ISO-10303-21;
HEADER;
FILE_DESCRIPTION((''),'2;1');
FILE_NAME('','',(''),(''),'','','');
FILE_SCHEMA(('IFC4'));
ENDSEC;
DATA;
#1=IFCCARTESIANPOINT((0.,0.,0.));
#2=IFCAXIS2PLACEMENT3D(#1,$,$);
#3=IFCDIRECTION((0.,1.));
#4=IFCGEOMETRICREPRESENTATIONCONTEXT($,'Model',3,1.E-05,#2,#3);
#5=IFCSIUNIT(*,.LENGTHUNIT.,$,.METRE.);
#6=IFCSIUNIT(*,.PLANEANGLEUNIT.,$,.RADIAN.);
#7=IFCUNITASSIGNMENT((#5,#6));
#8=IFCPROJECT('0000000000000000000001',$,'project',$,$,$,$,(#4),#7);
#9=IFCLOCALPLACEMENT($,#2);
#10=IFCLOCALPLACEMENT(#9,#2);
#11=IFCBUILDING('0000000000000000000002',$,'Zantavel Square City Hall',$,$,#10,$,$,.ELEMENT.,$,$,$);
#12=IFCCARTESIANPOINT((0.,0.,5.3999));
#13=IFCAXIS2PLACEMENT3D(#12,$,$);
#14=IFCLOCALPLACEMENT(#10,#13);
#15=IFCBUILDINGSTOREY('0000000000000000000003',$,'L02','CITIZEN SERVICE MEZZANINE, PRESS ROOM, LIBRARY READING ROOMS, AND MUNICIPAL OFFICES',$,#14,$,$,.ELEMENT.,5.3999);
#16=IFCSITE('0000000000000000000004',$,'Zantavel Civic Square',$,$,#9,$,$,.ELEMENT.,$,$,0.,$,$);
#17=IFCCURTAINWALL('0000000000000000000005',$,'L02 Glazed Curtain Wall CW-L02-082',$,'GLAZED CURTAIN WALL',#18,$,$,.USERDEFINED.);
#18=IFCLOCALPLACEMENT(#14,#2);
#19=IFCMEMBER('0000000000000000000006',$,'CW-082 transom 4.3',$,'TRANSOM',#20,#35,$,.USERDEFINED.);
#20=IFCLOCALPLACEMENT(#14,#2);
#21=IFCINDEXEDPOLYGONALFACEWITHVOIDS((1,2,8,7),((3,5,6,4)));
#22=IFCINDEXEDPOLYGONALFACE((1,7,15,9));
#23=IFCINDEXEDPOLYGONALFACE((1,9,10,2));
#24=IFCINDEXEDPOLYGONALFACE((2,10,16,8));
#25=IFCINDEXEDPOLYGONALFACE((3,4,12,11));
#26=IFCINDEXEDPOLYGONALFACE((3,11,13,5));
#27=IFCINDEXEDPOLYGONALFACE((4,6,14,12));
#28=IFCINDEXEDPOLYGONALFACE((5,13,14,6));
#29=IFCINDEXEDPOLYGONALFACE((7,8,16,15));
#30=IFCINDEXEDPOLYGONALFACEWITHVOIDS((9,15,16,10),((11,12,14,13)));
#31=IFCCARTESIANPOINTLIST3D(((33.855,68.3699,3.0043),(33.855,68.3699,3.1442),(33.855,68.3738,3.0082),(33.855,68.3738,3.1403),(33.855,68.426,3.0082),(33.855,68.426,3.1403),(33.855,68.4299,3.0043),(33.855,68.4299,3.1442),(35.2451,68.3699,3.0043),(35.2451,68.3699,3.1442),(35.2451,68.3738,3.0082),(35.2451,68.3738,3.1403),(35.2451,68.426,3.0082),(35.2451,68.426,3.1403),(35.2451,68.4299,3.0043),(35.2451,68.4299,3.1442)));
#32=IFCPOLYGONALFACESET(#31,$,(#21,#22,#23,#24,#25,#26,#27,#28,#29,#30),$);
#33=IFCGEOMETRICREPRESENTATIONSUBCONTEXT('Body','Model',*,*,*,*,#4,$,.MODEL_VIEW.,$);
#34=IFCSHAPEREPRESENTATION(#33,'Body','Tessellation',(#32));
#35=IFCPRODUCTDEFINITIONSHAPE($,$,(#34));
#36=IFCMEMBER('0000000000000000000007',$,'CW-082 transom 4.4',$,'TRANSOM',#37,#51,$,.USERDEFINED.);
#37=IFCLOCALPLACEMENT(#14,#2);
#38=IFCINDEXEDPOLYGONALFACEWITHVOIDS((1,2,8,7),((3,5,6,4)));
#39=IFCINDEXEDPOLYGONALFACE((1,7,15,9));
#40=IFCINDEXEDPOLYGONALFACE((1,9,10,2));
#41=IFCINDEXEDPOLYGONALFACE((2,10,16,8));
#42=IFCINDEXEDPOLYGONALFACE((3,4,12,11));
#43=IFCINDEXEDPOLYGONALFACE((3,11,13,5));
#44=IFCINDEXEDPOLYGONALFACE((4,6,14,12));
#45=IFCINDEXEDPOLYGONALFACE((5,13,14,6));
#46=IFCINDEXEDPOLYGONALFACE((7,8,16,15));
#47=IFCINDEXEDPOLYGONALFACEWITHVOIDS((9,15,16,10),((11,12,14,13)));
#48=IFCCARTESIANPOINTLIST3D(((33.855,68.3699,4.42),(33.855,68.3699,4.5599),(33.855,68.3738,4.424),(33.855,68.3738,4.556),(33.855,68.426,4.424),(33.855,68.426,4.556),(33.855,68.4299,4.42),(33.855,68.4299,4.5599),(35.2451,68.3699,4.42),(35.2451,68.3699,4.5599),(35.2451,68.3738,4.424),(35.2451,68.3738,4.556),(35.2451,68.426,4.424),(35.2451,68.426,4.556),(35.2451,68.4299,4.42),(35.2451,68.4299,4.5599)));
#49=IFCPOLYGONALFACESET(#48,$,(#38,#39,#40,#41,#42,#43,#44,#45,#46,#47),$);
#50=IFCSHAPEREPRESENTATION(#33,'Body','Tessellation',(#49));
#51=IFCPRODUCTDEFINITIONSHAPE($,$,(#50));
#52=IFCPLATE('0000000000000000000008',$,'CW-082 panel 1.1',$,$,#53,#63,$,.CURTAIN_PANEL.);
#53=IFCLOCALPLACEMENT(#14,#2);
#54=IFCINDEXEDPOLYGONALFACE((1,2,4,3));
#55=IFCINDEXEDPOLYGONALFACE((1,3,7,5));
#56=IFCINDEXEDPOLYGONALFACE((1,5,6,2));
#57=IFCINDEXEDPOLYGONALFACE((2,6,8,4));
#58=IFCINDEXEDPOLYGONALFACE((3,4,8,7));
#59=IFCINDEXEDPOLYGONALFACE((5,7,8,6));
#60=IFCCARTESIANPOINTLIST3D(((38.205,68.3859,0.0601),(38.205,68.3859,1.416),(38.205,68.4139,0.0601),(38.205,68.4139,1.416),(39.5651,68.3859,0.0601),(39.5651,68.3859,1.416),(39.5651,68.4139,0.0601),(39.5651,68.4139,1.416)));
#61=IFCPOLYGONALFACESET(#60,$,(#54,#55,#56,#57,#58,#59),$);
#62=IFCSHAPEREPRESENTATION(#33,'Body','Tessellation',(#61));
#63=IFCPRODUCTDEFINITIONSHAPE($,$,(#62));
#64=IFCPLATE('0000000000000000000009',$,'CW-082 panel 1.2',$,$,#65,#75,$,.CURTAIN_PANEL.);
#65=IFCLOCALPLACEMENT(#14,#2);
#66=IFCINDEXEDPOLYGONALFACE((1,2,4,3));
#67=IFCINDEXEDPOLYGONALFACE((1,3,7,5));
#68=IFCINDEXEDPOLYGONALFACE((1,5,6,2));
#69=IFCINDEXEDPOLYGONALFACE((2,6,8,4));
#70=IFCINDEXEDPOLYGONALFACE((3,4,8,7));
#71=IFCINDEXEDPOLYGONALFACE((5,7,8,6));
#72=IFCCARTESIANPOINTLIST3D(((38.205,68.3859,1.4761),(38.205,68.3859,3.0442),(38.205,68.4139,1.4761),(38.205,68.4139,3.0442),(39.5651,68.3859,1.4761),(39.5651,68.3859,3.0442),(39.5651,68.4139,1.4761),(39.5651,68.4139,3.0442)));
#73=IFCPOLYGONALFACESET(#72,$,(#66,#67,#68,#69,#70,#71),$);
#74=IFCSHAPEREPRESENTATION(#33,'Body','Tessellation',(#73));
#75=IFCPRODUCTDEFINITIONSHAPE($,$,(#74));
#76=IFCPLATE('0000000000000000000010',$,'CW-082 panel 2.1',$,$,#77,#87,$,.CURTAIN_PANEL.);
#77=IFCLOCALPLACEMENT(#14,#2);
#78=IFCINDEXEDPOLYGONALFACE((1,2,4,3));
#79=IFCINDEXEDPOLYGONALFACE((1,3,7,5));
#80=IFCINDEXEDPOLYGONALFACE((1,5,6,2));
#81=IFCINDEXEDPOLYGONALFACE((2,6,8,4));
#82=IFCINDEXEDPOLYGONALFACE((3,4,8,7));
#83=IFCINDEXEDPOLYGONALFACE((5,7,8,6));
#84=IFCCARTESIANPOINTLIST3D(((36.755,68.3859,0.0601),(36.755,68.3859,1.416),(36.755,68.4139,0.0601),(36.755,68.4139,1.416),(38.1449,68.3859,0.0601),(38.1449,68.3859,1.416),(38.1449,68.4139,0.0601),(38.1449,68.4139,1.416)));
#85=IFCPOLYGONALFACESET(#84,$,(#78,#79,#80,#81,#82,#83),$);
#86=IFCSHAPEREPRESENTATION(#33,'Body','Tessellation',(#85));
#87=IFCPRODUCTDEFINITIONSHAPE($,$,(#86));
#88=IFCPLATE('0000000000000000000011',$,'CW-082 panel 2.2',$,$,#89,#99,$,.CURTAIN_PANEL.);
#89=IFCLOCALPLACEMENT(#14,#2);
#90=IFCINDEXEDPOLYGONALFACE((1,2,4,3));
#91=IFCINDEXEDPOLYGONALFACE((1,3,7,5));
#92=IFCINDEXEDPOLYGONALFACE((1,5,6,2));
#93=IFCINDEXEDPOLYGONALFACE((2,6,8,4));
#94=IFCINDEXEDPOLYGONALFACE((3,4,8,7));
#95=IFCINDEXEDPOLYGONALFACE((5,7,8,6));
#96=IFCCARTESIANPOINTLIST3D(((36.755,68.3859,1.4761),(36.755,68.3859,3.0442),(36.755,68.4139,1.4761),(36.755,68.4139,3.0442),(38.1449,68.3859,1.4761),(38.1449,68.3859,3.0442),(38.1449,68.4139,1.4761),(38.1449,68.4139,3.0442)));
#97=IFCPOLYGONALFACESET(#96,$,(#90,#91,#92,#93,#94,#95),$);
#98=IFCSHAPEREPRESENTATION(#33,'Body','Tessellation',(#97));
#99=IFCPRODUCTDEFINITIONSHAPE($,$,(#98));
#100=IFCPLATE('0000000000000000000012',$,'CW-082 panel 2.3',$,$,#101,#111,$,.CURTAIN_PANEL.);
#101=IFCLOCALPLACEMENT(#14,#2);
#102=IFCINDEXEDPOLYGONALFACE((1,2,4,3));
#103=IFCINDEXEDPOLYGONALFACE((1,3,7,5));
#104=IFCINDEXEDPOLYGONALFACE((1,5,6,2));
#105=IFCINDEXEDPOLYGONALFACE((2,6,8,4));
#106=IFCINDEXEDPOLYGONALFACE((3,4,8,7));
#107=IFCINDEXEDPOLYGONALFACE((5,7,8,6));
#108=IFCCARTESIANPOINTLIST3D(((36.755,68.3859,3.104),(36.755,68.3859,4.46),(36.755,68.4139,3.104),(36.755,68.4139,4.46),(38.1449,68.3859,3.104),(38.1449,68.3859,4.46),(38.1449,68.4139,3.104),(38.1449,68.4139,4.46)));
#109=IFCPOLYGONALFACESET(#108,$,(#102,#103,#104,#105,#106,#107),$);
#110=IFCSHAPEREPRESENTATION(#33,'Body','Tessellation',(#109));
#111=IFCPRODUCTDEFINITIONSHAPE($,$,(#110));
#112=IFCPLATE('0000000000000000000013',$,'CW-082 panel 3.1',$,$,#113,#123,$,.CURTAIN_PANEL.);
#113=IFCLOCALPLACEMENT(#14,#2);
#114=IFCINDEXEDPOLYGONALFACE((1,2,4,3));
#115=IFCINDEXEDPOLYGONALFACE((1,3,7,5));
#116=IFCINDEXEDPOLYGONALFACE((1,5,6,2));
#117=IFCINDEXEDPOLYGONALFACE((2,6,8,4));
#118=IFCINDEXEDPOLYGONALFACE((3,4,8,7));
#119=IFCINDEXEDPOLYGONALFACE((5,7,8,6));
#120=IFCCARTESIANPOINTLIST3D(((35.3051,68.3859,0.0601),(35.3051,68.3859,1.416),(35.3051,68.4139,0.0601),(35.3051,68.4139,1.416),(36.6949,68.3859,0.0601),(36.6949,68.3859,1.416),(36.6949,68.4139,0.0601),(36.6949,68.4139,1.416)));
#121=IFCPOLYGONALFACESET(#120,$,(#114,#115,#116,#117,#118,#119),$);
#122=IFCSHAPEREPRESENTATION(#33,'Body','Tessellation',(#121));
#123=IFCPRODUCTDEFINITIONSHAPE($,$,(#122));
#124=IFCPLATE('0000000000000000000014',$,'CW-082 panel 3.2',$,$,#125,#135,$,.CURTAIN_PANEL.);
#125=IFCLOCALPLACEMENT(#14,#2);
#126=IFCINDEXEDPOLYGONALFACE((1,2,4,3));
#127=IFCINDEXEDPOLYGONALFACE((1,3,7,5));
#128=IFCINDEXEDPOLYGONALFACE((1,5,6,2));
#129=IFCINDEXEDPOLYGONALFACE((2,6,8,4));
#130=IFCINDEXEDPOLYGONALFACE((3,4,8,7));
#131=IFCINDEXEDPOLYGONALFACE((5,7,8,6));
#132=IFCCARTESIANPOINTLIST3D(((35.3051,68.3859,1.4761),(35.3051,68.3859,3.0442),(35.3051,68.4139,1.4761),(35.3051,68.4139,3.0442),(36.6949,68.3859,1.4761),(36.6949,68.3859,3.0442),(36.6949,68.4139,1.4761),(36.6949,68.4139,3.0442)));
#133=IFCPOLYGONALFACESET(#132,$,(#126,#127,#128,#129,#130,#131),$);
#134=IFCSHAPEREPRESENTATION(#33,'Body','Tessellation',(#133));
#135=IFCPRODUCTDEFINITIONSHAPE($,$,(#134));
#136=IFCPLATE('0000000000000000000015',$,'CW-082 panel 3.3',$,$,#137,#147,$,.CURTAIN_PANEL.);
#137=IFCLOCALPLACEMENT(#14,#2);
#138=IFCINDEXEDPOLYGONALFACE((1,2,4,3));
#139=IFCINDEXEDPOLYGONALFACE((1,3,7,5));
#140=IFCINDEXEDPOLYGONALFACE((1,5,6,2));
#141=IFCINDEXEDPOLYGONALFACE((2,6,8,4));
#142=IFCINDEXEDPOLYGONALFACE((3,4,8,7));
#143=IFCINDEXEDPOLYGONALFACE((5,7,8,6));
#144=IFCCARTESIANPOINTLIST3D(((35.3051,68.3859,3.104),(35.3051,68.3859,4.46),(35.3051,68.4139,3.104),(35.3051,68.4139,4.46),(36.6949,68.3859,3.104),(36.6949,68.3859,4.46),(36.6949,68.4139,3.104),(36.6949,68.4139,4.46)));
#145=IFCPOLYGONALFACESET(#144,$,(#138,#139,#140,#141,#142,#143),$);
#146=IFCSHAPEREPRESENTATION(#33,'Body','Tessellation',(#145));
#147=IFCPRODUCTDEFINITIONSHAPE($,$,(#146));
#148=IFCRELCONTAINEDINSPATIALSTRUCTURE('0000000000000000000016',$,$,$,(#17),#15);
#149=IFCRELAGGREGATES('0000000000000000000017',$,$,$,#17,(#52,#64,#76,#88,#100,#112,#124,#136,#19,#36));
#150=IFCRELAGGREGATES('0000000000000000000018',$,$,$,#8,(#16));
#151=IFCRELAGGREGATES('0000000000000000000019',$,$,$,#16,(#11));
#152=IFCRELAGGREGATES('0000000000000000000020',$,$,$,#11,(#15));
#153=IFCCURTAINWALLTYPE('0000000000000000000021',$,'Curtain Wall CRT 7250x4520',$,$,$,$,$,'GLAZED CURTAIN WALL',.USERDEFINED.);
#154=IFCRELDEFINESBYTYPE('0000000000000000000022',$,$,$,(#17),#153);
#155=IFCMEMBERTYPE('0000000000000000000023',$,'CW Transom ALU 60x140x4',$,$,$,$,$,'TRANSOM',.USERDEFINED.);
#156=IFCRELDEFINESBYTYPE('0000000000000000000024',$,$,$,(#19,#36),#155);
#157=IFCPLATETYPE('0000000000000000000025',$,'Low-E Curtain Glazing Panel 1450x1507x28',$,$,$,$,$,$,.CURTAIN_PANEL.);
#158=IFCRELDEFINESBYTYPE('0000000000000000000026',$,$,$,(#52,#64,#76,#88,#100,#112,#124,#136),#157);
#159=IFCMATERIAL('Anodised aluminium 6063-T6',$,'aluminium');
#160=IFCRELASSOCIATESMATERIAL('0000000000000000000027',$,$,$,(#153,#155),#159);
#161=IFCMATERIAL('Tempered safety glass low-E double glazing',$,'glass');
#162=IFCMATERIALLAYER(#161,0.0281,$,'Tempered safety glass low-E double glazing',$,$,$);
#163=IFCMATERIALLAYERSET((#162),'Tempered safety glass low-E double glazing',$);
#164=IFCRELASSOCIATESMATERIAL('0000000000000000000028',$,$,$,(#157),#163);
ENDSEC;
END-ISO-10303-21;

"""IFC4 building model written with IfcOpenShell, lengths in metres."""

from ifc_helpers import new_model, si_unit, direction, frame, origin, origin_2d, place, context, subcontext, project, spatial, rectangle, hollow_rectangle, extrude, material, layer, layer_set, material_profile, profile_set, type_object, element, aggregate, save


model = new_model("IFC4")

# Units and contexts
model_context = context("Model", 3, precision=1e-05, world=origin(), true_north=direction((0.0, 1.0)))
body_context = subcontext(model_context, "Body", "Model", "MODEL_VIEW")
ifc_project = project(units=[si_unit("LENGTHUNIT", "METRE"), si_unit("PLANEANGLEUNIT", "RADIAN")], contexts=[model_context])

# Site, building, storey
site_placement = place(None, origin())
site = spatial("IfcSite", under=ifc_project, at=site_placement, Name="Zantavel Civic Square", CompositionType="ELEMENT", RefElevation=0.0)
building_placement = place(site_placement, origin())
building = spatial("IfcBuilding", under=site, at=building_placement, Name="Zantavel Square City Hall", CompositionType="ELEMENT")
storey_placement = place(building_placement, frame((0.0, 0.0, 5.3999)))
storey = spatial("IfcBuildingStorey", under=building, at=storey_placement, Name="L02", Description="CITIZEN SERVICE MEZZANINE, PRESS ROOM, LIBRARY READING ROOMS, AND MUNICIPAL OFFICES", CompositionType="ELEMENT", Elevation=5.3999)

# Curtain wall, members, plates
ifc_material_1 = material(Name="Anodised aluminium 6063-T6", Category="aluminium")
curtain_wall_type = type_object("IfcCurtainWallType", Name="Curtain Wall CRT 7250x4520", ElementType="GLAZED CURTAIN WALL", PredefinedType="USERDEFINED", material=ifc_material_1)
curtain_wall_placement = place(storey_placement, origin())
curtain_wall = element("IfcCurtainWall", 1, at=curtain_wall_placement, inside=storey, type_object=curtain_wall_type, Name="L02 Glazed Curtain Wall CW-L02-082", ObjectType="GLAZED CURTAIN WALL", PredefinedType="USERDEFINED")
ifc_material_profile_1 = material_profile(ifc_material_1, hollow_rectangle(XDim=0.0601, YDim=0.1399, WallThickness=0.0039, at=origin_2d()), Name="ALU 60x140x4")
ifc_profile_set_1 = profile_set([ifc_material_profile_1], Name="Anodised aluminium 6063-T6")
member_type_1 = type_object("IfcMemberType", Name="CW Transom ALU 60x140x4", ElementType="TRANSOM", PredefinedType="USERDEFINED", material=ifc_profile_set_1)
member_1_placement = place(storey_placement, frame((35.2451, 68.3999, 3.0742), z_axis=(-1.0, 0.0, 0.0), x_axis=(0.0, -1.0, 0.0)))
member_1 = element("IfcMember", 2, at=member_1_placement, type_object=member_type_1, Name="CW-082 transom 4.3", ObjectType="TRANSOM", PredefinedType="USERDEFINED", context=body_context, shape_type="SweptSolid", body=[
    extrude(hollow_rectangle(XDim=0.0601, YDim=0.1399, WallThickness=0.0039, at=origin_2d()), origin(), (0.0, 0.0, 1.0), 1.3901),
])
member_2_placement = place(storey_placement, frame((35.2451, 68.3999, 4.49), z_axis=(-1.0, 0.0, 0.0), x_axis=(0.0, -1.0, 0.0)))
member_2 = element("IfcMember", 3, at=member_2_placement, type_object=member_type_1, Name="CW-082 transom 4.4", ObjectType="TRANSOM", PredefinedType="USERDEFINED", context=body_context, shape_type="SweptSolid", body=[
    extrude(hollow_rectangle(XDim=0.0601, YDim=0.1399, WallThickness=0.0039, at=origin_2d()), origin(), (0.0, 0.0, 1.0), 1.3901),
])
ifc_material_2 = material(Name="Tempered safety glass low-E double glazing", Category="glass")
ifc_layer = layer(ifc_material_2, 0.0281, Name="Tempered safety glass low-E double glazing")
ifc_layer_set = layer_set([ifc_layer], Name="Tempered safety glass low-E double glazing")
plate_type = type_object("IfcPlateType", Name="Low-E Curtain Glazing Panel 1450x1507x28", PredefinedType="CURTAIN_PANEL", material=ifc_layer_set)
plate_1_placement = place(storey_placement, frame((38.885, 68.3999, 0.0601), z_axis=(0.0, 0.0, 1.0), x_axis=(-1.0, 0.0, 0.0)))
plate_1 = element("IfcPlate", 4, at=plate_1_placement, type_object=plate_type, Name="CW-082 panel 1.1", PredefinedType="CURTAIN_PANEL", context=body_context, shape_type="SweptSolid", body=[
    extrude(rectangle(XDim=1.3601, YDim=0.0281, at=origin_2d()), origin(), (0.0, 0.0, 1.0), 1.356),
])
plate_2_placement = place(storey_placement, frame((38.885, 68.3999, 1.4761), z_axis=(0.0, 0.0, 1.0), x_axis=(-1.0, 0.0, 0.0)))
plate_2 = element("IfcPlate", 5, at=plate_2_placement, type_object=plate_type, Name="CW-082 panel 1.2", PredefinedType="CURTAIN_PANEL", context=body_context, shape_type="SweptSolid", body=[
    extrude(rectangle(XDim=1.3601, YDim=0.0281, at=origin_2d()), origin(), (0.0, 0.0, 1.0), 1.5681),
])
plate_3_placement = place(storey_placement, frame((37.45, 68.3999, 0.0601), z_axis=(0.0, 0.0, 1.0), x_axis=(-1.0, 0.0, 0.0)))
plate_3 = element("IfcPlate", 6, at=plate_3_placement, type_object=plate_type, Name="CW-082 panel 2.1", PredefinedType="CURTAIN_PANEL", context=body_context, shape_type="SweptSolid", body=[
    extrude(rectangle(XDim=1.3899, YDim=0.0281, at=origin_2d()), origin(), (0.0, 0.0, 1.0), 1.356),
])
plate_4_placement = place(storey_placement, frame((37.45, 68.3999, 1.4761), z_axis=(0.0, 0.0, 1.0), x_axis=(-1.0, 0.0, 0.0)))
plate_4 = element("IfcPlate", 7, at=plate_4_placement, type_object=plate_type, Name="CW-082 panel 2.2", PredefinedType="CURTAIN_PANEL", context=body_context, shape_type="SweptSolid", body=[
    extrude(rectangle(XDim=1.3899, YDim=0.0281, at=origin_2d()), origin(), (0.0, 0.0, 1.0), 1.5681),
])
plate_5_placement = place(storey_placement, frame((37.45, 68.3999, 3.104), z_axis=(0.0, 0.0, 1.0), x_axis=(-1.0, 0.0, 0.0)))
plate_5 = element("IfcPlate", 8, at=plate_5_placement, type_object=plate_type, Name="CW-082 panel 2.3", PredefinedType="CURTAIN_PANEL", context=body_context, shape_type="SweptSolid", body=[
    extrude(rectangle(XDim=1.3899, YDim=0.0281, at=origin_2d()), origin(), (0.0, 0.0, 1.0), 1.356),
])
plate_6_placement = place(storey_placement, frame((36.0, 68.3999, 0.0601), z_axis=(0.0, 0.0, 1.0), x_axis=(-1.0, 0.0, 0.0)))
plate_6 = element("IfcPlate", 9, at=plate_6_placement, type_object=plate_type, Name="CW-082 panel 3.1", PredefinedType="CURTAIN_PANEL", context=body_context, shape_type="SweptSolid", body=[
    extrude(rectangle(XDim=1.3899, YDim=0.0281, at=origin_2d()), origin(), (0.0, 0.0, 1.0), 1.356),
])
plate_7_placement = place(storey_placement, frame((36.0, 68.3999, 1.4761), z_axis=(0.0, 0.0, 1.0), x_axis=(-1.0, 0.0, 0.0)))
plate_7 = element("IfcPlate", 10, at=plate_7_placement, type_object=plate_type, Name="CW-082 panel 3.2", PredefinedType="CURTAIN_PANEL", context=body_context, shape_type="SweptSolid", body=[
    extrude(rectangle(XDim=1.3899, YDim=0.0281, at=origin_2d()), origin(), (0.0, 0.0, 1.0), 1.5681),
])
plate_8_placement = place(storey_placement, frame((36.0, 68.3999, 3.104), z_axis=(0.0, 0.0, 1.0), x_axis=(-1.0, 0.0, 0.0)))
plate_8 = element("IfcPlate", 11, at=plate_8_placement, type_object=plate_type, Name="CW-082 panel 3.3", PredefinedType="CURTAIN_PANEL", context=body_context, shape_type="SweptSolid", body=[
    extrude(rectangle(XDim=1.3899, YDim=0.0281, at=origin_2d()), origin(), (0.0, 0.0, 1.0), 1.356),
])
aggregate(curtain_wall, [plate_1, plate_2, plate_3, plate_4, plate_5, plate_6, plate_7, plate_8, member_1, member_2])

save(model, "model.ifc")
